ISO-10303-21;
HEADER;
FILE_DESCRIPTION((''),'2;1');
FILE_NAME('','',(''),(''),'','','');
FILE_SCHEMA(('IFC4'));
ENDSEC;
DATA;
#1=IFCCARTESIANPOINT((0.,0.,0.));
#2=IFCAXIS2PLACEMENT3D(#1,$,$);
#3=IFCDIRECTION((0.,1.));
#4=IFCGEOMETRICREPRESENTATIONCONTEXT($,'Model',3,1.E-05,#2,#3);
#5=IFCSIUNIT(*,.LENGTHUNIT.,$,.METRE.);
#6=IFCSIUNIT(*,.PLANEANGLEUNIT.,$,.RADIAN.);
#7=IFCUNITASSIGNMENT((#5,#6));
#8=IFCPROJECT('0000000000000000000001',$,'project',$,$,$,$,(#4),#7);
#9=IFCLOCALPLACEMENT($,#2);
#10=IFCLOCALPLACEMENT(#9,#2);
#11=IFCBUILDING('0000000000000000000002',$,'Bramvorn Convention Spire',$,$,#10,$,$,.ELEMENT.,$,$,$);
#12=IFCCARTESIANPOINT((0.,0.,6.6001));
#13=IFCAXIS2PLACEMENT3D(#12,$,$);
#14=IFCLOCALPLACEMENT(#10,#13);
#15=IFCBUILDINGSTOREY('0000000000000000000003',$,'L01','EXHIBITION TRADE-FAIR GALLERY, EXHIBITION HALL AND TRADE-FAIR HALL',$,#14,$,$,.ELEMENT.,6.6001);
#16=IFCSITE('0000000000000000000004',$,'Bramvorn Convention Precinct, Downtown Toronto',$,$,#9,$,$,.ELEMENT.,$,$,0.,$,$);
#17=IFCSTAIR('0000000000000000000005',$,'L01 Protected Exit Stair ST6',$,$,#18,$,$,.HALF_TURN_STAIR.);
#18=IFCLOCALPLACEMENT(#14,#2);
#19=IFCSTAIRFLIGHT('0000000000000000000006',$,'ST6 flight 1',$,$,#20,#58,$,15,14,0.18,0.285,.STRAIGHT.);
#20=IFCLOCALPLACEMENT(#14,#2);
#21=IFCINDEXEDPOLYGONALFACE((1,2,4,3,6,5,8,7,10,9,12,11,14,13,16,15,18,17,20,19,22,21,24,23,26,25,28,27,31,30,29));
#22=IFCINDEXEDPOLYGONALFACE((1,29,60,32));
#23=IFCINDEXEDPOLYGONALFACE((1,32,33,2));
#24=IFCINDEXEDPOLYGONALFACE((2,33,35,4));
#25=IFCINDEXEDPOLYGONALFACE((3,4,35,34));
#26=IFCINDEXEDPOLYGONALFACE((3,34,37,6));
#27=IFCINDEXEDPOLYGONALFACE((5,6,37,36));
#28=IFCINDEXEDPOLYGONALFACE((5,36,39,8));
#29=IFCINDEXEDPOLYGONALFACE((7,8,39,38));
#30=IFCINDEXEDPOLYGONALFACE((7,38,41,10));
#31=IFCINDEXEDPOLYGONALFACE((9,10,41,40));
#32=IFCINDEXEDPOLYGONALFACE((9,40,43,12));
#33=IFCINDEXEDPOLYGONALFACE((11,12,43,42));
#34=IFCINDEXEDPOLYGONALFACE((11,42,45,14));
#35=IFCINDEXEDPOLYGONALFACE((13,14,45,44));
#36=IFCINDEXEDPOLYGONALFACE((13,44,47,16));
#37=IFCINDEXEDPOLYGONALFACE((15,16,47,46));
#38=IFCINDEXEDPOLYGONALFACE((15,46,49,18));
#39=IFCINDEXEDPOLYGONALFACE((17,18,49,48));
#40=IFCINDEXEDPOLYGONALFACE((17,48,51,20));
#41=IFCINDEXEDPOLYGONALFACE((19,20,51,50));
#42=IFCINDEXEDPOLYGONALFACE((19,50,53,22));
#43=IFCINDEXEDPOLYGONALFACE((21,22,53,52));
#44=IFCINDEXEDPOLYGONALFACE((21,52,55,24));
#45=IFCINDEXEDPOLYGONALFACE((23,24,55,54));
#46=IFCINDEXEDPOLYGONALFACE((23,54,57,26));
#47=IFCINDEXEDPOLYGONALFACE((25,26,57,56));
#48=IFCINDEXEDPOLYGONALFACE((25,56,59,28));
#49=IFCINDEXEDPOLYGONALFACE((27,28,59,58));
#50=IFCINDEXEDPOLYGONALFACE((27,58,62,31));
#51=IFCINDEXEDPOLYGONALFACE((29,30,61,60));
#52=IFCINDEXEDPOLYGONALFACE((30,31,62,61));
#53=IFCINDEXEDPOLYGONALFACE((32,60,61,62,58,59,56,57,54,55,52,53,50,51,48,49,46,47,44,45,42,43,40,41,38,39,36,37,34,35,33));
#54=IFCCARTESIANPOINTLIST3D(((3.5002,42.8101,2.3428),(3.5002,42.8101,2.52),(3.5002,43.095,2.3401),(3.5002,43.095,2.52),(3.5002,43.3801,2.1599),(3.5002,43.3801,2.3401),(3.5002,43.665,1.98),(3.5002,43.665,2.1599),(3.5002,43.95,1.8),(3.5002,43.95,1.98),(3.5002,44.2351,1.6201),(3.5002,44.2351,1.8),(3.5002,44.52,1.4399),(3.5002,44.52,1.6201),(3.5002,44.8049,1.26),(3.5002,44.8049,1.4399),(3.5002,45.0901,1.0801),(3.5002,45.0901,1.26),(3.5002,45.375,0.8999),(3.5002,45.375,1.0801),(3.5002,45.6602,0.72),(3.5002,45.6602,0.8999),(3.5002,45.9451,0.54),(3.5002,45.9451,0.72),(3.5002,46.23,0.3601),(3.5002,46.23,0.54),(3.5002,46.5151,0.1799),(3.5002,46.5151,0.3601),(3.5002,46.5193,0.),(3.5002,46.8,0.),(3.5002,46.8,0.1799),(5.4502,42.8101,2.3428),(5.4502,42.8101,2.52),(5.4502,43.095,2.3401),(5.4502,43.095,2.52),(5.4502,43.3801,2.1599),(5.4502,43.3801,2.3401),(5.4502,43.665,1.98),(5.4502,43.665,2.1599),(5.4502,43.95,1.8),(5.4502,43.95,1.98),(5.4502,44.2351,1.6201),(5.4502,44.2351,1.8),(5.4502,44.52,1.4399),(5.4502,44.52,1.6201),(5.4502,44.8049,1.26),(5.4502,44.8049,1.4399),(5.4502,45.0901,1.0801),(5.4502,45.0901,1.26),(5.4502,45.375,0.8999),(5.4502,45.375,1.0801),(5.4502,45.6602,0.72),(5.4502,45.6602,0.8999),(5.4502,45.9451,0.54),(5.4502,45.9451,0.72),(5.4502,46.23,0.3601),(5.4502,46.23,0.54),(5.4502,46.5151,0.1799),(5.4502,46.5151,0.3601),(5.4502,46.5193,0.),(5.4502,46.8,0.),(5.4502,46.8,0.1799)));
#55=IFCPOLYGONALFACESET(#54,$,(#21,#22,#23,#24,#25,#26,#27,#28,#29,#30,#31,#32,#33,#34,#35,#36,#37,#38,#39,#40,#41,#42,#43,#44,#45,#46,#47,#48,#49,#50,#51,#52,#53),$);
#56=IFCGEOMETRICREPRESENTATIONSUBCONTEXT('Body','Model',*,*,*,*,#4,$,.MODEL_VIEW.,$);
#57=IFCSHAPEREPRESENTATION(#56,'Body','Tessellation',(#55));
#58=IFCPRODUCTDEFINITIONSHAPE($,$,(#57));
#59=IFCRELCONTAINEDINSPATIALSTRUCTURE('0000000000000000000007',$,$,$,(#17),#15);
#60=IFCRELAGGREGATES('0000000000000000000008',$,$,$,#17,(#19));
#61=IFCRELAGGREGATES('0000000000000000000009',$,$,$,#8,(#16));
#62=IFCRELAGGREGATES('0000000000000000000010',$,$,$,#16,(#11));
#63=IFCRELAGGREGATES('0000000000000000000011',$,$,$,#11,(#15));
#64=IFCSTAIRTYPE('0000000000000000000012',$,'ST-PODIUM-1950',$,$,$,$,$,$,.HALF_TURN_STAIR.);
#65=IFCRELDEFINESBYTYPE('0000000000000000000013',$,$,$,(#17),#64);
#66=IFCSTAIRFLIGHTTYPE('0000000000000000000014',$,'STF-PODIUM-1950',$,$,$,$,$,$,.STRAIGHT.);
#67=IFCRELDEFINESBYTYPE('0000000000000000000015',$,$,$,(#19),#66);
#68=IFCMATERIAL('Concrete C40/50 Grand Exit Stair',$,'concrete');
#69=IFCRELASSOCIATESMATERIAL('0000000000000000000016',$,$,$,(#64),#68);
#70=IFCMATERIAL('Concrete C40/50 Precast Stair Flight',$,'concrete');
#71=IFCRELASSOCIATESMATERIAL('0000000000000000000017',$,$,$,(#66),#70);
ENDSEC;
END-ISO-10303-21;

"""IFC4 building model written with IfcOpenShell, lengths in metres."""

from ifc_helpers import new_model, si_unit, direction, frame, origin, place, context, subcontext, project, spatial, polyline, outline, extrude, material, type_object, element, aggregate, save


model = new_model("IFC4")

# Units and contexts
model_context = context("Model", 3, precision=1e-05, world=origin(), true_north=direction((0.0, 1.0)))
body_context = subcontext(model_context, "Body", "Model", "MODEL_VIEW")
ifc_project = project(units=[si_unit("LENGTHUNIT", "METRE"), si_unit("PLANEANGLEUNIT", "RADIAN")], contexts=[model_context])

# Site, building, storey
site_placement = place(None, origin())
site = spatial("IfcSite", under=ifc_project, at=site_placement, Name="Bramvorn Convention Precinct, Downtown Toronto", CompositionType="ELEMENT", RefElevation=0.0)
building_placement = place(site_placement, origin())
building = spatial("IfcBuilding", under=site, at=building_placement, Name="Bramvorn Convention Spire", CompositionType="ELEMENT")
storey_placement = place(building_placement, frame((0.0, 0.0, 6.6001)))
storey = spatial("IfcBuildingStorey", under=building, at=storey_placement, Name="L01", Description="EXHIBITION TRADE-FAIR GALLERY, EXHIBITION HALL AND TRADE-FAIR HALL", CompositionType="ELEMENT", Elevation=6.6001)

# Stair, stair flight
ifc_material_1 = material(Name="Concrete C40/50 Grand Exit Stair", Category="concrete")
stair_type = type_object("IfcStairType", Name="ST-PODIUM-1950", PredefinedType="HALF_TURN_STAIR", material=ifc_material_1)
stair_placement = place(storey_placement, origin())
stair = element("IfcStair", 1, at=stair_placement, inside=storey, type_object=stair_type, Name="L01 Protected Exit Stair ST6", PredefinedType="HALF_TURN_STAIR")
ifc_material_2 = material(Name="Concrete C40/50 Precast Stair Flight", Category="concrete")
stair_flight_type = type_object("IfcStairFlightType", Name="STF-PODIUM-1950", PredefinedType="STRAIGHT", material=ifc_material_2)
stair_flight_placement = place(storey_placement, frame((4.4751, 46.8, 0.0), z_axis=(0.0, 0.0, 1.0), x_axis=(0.0, -1.0, 0.0)))
stair_flight = element("IfcStairFlight", 2, at=stair_flight_placement, type_object=stair_flight_type, Name="ST6 flight 1", NumberOfRisers=15, NumberOfTreads=14, PredefinedType="STRAIGHT", RiserHeight=0.18, TreadLength=0.285, context=body_context, shape_type="SweptSolid", body=[
    extrude(outline(polyline([(0.0, 0.0), (0.0, 0.1799), (0.2849, 0.1799), (0.2849, 0.3601), (0.5701, 0.3601), (0.5701, 0.54), (0.855, 0.54), (0.855, 0.72), (1.1399, 0.72), (1.1399, 0.8999), (1.425, 0.8999), (1.425, 1.0801), (1.71, 1.0801), (1.71, 1.26), (1.9951, 1.26), (1.9951, 1.4399), (2.28, 1.4399), (2.28, 1.6201), (2.5649, 1.6201), (2.5649, 1.8), (2.8501, 1.8), (2.8501, 1.98), (3.135, 1.98), (3.135, 2.1599), (3.4199, 2.1599), (3.4199, 2.3401), (3.7051, 2.3401), (3.7051, 2.52), (3.99, 2.52), (3.99, 2.7), (3.99, 2.3428), (0.2808, 0.0), (0.0, 0.0)])), frame((0.0, 0.9751, 0.0), z_axis=(0.0, -1.0, 0.0), x_axis=(1.0, 0.0, 0.0)), (0.0, 0.0, 1.0), 1.95),
])
aggregate(stair, [stair_flight])

save(model, "model.ifc")
